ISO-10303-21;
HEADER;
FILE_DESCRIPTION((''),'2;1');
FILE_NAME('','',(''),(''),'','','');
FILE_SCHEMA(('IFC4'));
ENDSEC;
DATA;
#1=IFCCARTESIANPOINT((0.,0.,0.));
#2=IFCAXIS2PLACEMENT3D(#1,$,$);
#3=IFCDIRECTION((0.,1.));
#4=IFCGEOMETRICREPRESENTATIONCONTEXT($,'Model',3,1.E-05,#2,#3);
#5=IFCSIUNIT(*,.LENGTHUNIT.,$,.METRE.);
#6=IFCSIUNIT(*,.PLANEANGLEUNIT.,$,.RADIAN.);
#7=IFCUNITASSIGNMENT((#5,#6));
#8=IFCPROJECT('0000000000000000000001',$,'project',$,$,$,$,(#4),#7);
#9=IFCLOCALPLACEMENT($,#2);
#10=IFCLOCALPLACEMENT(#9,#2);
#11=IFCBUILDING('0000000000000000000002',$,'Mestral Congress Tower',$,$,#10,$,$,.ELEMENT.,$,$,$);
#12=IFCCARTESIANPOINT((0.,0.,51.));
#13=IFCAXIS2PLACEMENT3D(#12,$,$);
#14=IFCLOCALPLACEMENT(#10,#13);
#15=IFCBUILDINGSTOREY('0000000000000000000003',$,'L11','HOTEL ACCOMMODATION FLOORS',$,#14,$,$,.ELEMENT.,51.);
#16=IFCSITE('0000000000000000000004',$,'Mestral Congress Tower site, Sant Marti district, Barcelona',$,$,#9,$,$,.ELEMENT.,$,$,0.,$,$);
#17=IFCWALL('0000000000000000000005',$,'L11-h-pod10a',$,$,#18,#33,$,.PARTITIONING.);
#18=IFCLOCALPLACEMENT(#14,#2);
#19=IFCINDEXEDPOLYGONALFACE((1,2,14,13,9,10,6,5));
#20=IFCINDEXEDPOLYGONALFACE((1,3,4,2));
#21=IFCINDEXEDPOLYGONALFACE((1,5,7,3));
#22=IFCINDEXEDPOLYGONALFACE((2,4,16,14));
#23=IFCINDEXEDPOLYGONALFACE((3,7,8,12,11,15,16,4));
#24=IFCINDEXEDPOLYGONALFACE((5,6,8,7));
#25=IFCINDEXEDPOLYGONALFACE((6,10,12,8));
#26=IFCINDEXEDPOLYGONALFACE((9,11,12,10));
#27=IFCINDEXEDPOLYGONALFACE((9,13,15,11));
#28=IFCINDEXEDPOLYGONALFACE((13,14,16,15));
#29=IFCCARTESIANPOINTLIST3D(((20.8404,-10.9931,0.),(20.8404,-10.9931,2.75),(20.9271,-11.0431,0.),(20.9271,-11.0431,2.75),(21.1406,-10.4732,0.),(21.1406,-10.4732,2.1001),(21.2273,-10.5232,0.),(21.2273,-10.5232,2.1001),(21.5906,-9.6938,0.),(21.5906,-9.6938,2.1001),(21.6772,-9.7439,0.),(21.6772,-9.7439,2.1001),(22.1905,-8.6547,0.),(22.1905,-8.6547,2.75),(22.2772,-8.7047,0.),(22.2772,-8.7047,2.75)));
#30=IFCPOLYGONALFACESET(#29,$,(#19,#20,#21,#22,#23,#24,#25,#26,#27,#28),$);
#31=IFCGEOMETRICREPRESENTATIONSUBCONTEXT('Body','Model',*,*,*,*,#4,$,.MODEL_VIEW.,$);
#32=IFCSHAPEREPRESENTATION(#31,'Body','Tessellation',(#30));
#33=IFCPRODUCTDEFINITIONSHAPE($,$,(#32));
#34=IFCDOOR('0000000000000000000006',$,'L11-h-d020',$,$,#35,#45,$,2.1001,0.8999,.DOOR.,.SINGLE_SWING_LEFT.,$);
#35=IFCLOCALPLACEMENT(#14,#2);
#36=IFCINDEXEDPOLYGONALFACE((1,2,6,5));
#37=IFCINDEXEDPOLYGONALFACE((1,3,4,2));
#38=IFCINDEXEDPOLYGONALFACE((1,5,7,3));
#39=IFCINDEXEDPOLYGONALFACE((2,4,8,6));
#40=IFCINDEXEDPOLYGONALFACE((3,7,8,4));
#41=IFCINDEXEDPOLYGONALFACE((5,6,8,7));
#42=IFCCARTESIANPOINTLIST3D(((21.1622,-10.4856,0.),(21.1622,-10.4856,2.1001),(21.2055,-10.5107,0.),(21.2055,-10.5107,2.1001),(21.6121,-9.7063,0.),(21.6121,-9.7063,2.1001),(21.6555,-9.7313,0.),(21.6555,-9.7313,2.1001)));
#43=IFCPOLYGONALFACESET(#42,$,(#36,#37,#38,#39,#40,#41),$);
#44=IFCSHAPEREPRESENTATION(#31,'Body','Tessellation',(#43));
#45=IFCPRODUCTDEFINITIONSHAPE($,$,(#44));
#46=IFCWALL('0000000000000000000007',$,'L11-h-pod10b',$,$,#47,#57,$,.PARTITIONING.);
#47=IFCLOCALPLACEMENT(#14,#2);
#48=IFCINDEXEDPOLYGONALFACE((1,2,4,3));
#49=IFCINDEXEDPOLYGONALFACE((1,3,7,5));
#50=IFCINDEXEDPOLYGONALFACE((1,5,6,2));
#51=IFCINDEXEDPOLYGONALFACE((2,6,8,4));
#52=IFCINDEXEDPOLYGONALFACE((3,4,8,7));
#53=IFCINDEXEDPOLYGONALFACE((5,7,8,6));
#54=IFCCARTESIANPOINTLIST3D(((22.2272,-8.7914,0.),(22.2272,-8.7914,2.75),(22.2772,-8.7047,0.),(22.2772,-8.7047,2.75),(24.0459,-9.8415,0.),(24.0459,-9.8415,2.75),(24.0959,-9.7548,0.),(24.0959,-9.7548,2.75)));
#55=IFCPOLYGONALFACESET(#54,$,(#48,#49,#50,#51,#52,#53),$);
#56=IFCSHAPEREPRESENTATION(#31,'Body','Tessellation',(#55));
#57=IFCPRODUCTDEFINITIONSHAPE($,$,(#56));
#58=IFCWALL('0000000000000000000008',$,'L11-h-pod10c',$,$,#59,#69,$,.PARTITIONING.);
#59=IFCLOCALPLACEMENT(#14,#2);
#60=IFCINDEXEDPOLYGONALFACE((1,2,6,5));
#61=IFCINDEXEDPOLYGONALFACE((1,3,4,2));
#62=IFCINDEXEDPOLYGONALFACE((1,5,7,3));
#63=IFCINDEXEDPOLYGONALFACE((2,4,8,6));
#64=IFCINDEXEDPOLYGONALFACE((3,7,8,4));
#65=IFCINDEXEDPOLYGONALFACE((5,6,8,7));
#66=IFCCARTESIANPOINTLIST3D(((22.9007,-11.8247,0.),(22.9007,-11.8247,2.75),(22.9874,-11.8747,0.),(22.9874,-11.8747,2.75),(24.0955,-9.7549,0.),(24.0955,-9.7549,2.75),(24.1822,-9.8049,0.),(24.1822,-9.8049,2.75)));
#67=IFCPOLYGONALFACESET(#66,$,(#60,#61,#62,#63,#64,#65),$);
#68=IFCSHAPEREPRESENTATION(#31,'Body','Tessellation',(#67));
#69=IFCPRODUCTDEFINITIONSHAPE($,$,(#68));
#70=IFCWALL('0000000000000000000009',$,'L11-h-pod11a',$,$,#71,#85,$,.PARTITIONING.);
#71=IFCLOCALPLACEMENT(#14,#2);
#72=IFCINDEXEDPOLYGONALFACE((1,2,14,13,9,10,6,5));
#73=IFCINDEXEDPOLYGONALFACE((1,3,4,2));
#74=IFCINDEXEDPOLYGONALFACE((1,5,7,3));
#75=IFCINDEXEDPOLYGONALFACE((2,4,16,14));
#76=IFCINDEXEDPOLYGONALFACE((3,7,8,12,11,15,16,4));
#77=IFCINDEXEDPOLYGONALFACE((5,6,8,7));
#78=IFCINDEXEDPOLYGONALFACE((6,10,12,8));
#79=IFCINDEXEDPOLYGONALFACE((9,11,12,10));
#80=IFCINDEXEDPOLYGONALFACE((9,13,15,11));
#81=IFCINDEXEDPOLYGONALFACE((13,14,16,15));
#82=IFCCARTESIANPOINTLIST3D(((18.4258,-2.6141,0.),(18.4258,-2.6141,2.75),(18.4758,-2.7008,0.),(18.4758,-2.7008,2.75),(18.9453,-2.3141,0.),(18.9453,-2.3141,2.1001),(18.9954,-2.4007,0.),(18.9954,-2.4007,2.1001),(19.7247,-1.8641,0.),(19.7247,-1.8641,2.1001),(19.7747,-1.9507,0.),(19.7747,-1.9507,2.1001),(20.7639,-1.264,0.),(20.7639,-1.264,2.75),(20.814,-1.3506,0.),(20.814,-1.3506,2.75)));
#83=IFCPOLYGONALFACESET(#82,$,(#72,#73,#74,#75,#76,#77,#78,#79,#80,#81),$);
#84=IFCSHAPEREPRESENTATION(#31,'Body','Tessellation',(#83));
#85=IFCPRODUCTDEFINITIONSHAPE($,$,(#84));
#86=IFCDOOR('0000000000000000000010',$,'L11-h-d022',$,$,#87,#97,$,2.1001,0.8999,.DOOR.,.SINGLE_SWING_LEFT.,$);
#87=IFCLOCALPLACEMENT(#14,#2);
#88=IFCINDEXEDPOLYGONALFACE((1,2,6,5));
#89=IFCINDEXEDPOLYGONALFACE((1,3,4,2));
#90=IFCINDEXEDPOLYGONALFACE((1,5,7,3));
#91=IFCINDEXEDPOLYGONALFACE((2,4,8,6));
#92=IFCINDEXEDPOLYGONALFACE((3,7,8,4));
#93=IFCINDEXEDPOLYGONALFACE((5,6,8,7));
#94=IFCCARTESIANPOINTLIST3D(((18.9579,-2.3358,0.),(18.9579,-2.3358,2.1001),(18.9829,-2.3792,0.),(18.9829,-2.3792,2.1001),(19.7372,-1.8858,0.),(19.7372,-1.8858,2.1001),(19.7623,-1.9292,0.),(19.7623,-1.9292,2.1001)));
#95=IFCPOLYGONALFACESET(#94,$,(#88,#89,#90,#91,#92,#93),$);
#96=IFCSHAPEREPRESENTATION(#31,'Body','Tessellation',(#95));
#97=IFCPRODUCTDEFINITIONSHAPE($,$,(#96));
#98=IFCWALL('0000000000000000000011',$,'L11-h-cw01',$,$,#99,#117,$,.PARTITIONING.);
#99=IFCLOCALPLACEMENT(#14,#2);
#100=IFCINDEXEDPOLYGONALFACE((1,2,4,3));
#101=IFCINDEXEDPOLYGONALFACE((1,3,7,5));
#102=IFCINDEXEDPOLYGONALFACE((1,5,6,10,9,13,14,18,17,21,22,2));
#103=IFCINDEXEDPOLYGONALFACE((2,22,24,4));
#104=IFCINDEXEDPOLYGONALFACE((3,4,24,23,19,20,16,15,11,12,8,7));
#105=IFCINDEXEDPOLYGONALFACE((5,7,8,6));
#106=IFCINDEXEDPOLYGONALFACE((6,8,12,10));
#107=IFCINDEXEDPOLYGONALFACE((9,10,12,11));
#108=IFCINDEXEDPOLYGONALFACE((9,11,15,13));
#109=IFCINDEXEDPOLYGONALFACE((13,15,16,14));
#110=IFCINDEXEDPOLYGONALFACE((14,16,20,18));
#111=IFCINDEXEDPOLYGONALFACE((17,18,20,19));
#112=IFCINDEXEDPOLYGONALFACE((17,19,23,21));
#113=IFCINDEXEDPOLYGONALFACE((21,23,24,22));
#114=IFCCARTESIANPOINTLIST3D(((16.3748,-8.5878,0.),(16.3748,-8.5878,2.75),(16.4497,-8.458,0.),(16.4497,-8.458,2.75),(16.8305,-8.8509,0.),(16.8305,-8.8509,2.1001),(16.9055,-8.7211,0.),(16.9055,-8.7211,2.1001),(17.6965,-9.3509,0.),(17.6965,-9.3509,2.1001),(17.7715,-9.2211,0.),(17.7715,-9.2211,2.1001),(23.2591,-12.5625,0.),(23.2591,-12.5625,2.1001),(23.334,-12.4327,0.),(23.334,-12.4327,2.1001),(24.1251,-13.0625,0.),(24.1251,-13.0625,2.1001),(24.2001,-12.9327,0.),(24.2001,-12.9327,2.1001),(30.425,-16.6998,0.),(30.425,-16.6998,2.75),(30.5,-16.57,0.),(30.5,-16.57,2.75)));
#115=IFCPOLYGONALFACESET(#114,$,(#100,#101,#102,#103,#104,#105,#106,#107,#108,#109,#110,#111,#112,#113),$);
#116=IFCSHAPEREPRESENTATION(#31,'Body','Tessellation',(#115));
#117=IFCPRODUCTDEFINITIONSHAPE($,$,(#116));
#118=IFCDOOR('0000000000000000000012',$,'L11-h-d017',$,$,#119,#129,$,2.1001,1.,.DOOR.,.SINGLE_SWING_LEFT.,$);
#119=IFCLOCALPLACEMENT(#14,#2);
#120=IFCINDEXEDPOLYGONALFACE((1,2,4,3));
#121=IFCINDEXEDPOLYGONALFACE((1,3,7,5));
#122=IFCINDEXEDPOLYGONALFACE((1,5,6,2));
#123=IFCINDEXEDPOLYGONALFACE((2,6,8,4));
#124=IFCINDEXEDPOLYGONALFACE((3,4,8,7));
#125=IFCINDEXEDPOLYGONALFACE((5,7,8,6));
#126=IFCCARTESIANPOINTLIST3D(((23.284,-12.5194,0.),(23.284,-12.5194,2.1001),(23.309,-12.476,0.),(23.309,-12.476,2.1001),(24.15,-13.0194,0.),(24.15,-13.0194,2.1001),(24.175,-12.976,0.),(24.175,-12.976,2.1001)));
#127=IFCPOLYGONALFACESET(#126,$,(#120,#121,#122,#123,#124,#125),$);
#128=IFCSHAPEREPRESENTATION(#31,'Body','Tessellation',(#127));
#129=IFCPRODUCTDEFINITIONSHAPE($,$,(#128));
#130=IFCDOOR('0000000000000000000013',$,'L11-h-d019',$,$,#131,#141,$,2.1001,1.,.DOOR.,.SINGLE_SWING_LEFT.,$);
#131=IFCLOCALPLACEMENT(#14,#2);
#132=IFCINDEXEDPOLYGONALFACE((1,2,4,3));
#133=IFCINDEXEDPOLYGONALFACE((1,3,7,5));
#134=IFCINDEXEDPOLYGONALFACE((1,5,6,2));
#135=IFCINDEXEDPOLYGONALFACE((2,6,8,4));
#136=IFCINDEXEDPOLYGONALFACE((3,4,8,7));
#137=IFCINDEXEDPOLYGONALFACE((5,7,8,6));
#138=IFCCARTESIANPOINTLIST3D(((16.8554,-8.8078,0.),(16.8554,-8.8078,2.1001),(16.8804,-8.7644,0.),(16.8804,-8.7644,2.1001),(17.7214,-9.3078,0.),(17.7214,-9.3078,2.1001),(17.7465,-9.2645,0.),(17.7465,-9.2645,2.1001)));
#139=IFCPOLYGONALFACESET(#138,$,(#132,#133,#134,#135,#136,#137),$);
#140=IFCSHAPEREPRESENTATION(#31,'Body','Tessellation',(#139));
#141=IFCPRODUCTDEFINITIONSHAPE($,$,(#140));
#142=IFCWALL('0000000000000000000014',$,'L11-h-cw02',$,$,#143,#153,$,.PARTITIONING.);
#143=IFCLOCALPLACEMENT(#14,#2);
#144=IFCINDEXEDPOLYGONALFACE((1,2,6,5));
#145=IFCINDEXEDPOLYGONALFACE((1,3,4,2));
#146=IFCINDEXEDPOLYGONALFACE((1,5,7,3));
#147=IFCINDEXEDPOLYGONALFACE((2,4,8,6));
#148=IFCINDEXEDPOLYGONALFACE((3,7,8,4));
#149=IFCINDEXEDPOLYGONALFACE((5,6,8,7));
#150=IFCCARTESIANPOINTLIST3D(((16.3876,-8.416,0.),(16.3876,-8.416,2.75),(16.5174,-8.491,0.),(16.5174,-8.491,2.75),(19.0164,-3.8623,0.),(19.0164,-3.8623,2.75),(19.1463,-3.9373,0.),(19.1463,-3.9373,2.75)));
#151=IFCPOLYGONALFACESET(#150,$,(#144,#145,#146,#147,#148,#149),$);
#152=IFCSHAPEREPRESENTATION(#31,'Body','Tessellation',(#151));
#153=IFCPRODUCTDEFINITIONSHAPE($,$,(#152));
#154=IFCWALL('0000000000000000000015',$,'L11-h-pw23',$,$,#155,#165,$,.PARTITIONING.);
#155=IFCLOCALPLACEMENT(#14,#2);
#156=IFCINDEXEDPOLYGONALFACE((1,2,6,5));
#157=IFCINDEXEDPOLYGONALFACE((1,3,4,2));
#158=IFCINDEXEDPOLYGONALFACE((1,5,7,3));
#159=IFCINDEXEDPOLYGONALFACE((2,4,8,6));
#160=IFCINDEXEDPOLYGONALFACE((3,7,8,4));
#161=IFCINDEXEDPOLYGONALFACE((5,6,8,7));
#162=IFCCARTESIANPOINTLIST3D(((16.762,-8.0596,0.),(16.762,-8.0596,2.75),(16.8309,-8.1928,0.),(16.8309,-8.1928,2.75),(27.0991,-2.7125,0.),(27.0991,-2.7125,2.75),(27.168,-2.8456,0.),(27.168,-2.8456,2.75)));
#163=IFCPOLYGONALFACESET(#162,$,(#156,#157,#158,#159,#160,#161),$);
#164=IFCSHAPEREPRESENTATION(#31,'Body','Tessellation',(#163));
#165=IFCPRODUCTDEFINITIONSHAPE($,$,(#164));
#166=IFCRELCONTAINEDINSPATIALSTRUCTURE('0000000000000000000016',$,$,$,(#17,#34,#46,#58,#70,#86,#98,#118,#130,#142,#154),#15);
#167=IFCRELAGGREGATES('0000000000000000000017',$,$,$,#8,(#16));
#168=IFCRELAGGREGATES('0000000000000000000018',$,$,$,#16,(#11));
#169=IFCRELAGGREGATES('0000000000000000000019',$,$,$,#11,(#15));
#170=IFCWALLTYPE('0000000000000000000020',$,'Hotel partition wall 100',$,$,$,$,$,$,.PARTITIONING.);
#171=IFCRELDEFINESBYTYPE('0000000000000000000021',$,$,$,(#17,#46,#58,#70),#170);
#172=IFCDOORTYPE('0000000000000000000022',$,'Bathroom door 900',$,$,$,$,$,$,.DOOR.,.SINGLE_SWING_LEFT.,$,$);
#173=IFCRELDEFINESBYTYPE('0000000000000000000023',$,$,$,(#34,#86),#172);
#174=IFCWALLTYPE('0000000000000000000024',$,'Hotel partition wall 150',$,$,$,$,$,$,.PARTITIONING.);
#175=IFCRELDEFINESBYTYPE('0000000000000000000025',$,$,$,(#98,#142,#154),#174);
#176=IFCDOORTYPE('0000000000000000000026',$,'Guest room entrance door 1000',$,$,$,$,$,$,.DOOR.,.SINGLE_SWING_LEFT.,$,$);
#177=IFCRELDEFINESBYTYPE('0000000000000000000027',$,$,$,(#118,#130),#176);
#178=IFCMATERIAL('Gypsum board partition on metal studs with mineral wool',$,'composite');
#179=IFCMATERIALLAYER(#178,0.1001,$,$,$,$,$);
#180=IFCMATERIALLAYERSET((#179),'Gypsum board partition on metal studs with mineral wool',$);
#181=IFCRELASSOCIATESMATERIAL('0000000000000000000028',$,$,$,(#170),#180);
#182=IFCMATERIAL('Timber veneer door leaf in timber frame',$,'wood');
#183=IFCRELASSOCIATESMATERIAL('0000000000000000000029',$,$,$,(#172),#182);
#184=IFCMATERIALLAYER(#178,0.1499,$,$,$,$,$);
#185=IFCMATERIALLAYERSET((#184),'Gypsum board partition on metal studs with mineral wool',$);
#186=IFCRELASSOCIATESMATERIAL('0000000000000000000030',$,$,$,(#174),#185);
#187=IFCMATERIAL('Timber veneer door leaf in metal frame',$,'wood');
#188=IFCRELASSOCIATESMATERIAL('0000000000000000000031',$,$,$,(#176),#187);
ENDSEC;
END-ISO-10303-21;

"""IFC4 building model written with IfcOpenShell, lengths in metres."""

from ifc_helpers import new_model, si_unit, direction, frame, frame_2d, origin, place, context, subcontext, project, spatial, rectangle, extrude, material, layer, layer_set, type_object, element, fill, save


model = new_model("IFC4")

# Units and contexts
model_context = context("Model", 3, precision=1e-05, world=origin(), true_north=direction((0.0, 1.0)))
body_context = subcontext(model_context, "Body", "Model", "MODEL_VIEW")
ifc_project = project(units=[si_unit("LENGTHUNIT", "METRE"), si_unit("PLANEANGLEUNIT", "RADIAN")], contexts=[model_context])

# Site, building, storey
site_placement = place(None, origin())
site = spatial("IfcSite", under=ifc_project, at=site_placement, Name="Mestral Congress Tower site, Sant Marti district, Barcelona", CompositionType="ELEMENT", RefElevation=0.0)
building_placement = place(site_placement, origin())
building = spatial("IfcBuilding", under=site, at=building_placement, Name="Mestral Congress Tower", CompositionType="ELEMENT")
storey_placement = place(building_placement, frame((0.0, 0.0, 51.0)))
storey = spatial("IfcBuildingStorey", under=building, at=storey_placement, Name="L11", Description="HOTEL ACCOMMODATION FLOORS", CompositionType="ELEMENT", Elevation=51.0)

# Shared definitions
ifc_material_1 = material(Name="Gypsum board partition on metal studs with mineral wool", Category="composite")
ifc_layer_1 = layer(ifc_material_1, 0.1001)
ifc_layer_set_1 = layer_set([ifc_layer_1], Name="Gypsum board partition on metal studs with mineral wool")
wall_type_1 = type_object("IfcWallType", Name="Hotel partition wall 100", PredefinedType="PARTITIONING", material=ifc_layer_set_1)
ifc_material_2 = material(Name="Timber veneer door leaf in timber frame", Category="wood")
door_type_1 = type_object("IfcDoorType", Name="Bathroom door 900", OperationType="SINGLE_SWING_LEFT", PredefinedType="DOOR", material=ifc_material_2)

# Wall, opening, door
wall_1_placement = place(storey_placement, frame((22.2339, -8.6797, 0.0), z_axis=(0.0, 0.0, 1.0), x_axis=(-0.500009, -0.86602, 0.0)))
wall_1 = element("IfcWall", 1, at=wall_1_placement, inside=storey, type_object=wall_type_1, Name="L11-h-pod10a", PredefinedType="PARTITIONING", context=body_context, shape_type="SweptSolid", body=[
    extrude(rectangle(XDim=2.7002, YDim=0.1001, at=frame_2d((1.3501, 0.0))), origin(), (0.0, 0.0, 1.0), 2.75),
])
opening_1_placement = place(wall_1_placement, frame((1.2, 0.0, 0.0)))
opening_1 = element("IfcOpeningElement", 2, at=opening_1_placement, cuts=wall_1, PredefinedType="OPENING", context=body_context, shape_type="SweptSolid", body=[
    extrude(rectangle(XDim=0.8999, YDim=2.1001, at=frame_2d((0.45, 1.05))), frame((0.0, 0.0601, 0.0), z_axis=(0.0, -1.0, 0.0), x_axis=(1.0, 0.0, 0.0)), (0.0, 0.0, 1.0), 0.1201),
])
door_1_placement = place(opening_1_placement, origin())
door_1 = element("IfcDoor", 3, at=door_1_placement, inside=storey, type_object=door_type_1, Name="L11-h-d020", OperationType="SINGLE_SWING_LEFT", OverallHeight=2.1001, OverallWidth=0.8999, PredefinedType="DOOR", context=body_context, shape_type="SweptSolid", body=[
    extrude(rectangle(XDim=0.8999, YDim=2.1001, at=frame_2d((0.45, 1.05))), frame((0.0, 0.0249, 0.0), z_axis=(0.0, -1.0, 0.0), x_axis=(1.0, 0.0, 0.0)), (0.0, 0.0, 1.0), 0.05),
])
fill(opening_1, door_1)

# Walls
wall_2_placement = place(storey_placement, frame((22.2522, -8.748, 0.0), z_axis=(0.0, 0.0, 1.0), x_axis=(0.866009, -0.500028, 0.0)))
element("IfcWall", 4, at=wall_2_placement, inside=storey, type_object=wall_type_1, Name="L11-h-pod10b", PredefinedType="PARTITIONING", context=body_context, shape_type="SweptSolid", body=[
    extrude(rectangle(XDim=2.1001, YDim=0.1001, at=frame_2d((1.05, 0.0))), origin(), (0.0, 0.0, 1.0), 2.75),
])
wall_3_placement = place(storey_placement, frame((22.9441, -11.8496, 0.0), z_axis=(0.0, 0.0, 1.0), x_axis=(0.499941, 0.86606, 0.0)))
element("IfcWall", 5, at=wall_3_placement, inside=storey, type_object=wall_type_1, Name="L11-h-pod10c", PredefinedType="PARTITIONING", context=body_context, shape_type="SweptSolid", body=[
    extrude(rectangle(XDim=2.3899, YDim=0.1001, at=frame_2d((1.1948, 0.0))), origin(), (0.0, 0.0, 1.0), 2.75),
])

# Wall, opening, door
wall_4_placement = place(storey_placement, frame((18.4507, -2.6575, 0.0), z_axis=(0.0, 0.0, 1.0), x_axis=(0.865997, 0.500049, 0.0)))
wall_4 = element("IfcWall", 6, at=wall_4_placement, inside=storey, type_object=wall_type_1, Name="L11-h-pod11a", PredefinedType="PARTITIONING", context=body_context, shape_type="SweptSolid", body=[
    extrude(rectangle(XDim=2.7, YDim=0.1001, at=frame_2d((1.3501, 0.0))), origin(), (0.0, 0.0, 1.0), 2.75),
])
opening_2_placement = place(wall_4_placement, frame((0.6001, 0.0, 0.0)))
opening_2 = element("IfcOpeningElement", 7, at=opening_2_placement, cuts=wall_4, PredefinedType="OPENING", context=body_context, shape_type="SweptSolid", body=[
    extrude(rectangle(XDim=0.8999, YDim=2.1001, at=frame_2d((0.45, 1.05))), frame((0.0, 0.0601, 0.0), z_axis=(0.0, -1.0, 0.0), x_axis=(1.0, 0.0, 0.0)), (0.0, 0.0, 1.0), 0.1201),
])
door_2_placement = place(opening_2_placement, origin())
door_2 = element("IfcDoor", 8, at=door_2_placement, inside=storey, type_object=door_type_1, Name="L11-h-d022", OperationType="SINGLE_SWING_LEFT", OverallHeight=2.1001, OverallWidth=0.8999, PredefinedType="DOOR", context=body_context, shape_type="SweptSolid", body=[
    extrude(rectangle(XDim=0.8999, YDim=2.1001, at=frame_2d((0.45, 1.05))), frame((0.0, 0.0249, 0.0), z_axis=(0.0, -1.0, 0.0), x_axis=(1.0, 0.0, 0.0)), (0.0, 0.0, 1.0), 0.05),
])
fill(opening_2, door_2)

# Wall, openings, doors
ifc_layer_2 = layer(ifc_material_1, 0.1499)
ifc_layer_set_2 = layer_set([ifc_layer_2], Name="Gypsum board partition on metal studs with mineral wool")
wall_type_2 = type_object("IfcWallType", Name="Hotel partition wall 150", PredefinedType="PARTITIONING", material=ifc_layer_set_2)
wall_5_placement = place(storey_placement, frame((16.4124, -8.5229, 0.0), z_axis=(0.0, 0.0, 1.0), x_axis=(0.866022, -0.500006, 0.0)))
wall_5 = element("IfcWall", 9, at=wall_5_placement, inside=storey, type_object=wall_type_2, Name="L11-h-cw01", PredefinedType="PARTITIONING", context=body_context, shape_type="SweptSolid", body=[
    extrude(rectangle(XDim=16.2239, YDim=0.1499, at=frame_2d((8.1118, 0.0))), origin(), (0.0, 0.0, 1.0), 2.75),
])
opening_3_placement = place(wall_5_placement, frame((7.9492, 0.0, 0.0)))
opening_3 = element("IfcOpeningElement", 10, at=opening_3_placement, cuts=wall_5, PredefinedType="OPENING", context=body_context, shape_type="SweptSolid", body=[
    extrude(rectangle(XDim=1.0, YDim=2.1001, at=frame_2d((0.5, 1.05))), frame((0.0, 0.085, 0.0), z_axis=(0.0, -1.0, 0.0), x_axis=(1.0, 0.0, 0.0)), (0.0, 0.0, 1.0), 0.1699),
])
opening_4_placement = place(wall_5_placement, frame((0.5261, 0.0, 0.0)))
opening_4 = element("IfcOpeningElement", 11, at=opening_4_placement, cuts=wall_5, PredefinedType="OPENING", context=body_context, shape_type="SweptSolid", body=[
    extrude(rectangle(XDim=1.0, YDim=2.1001, at=frame_2d((0.5, 1.05))), frame((0.0, 0.085, 0.0), z_axis=(0.0, -1.0, 0.0), x_axis=(1.0, 0.0, 0.0)), (0.0, 0.0, 1.0), 0.1699),
])
ifc_material_3 = material(Name="Timber veneer door leaf in metal frame", Category="wood")
door_type_2 = type_object("IfcDoorType", Name="Guest room entrance door 1000", OperationType="SINGLE_SWING_LEFT", PredefinedType="DOOR", material=ifc_material_3)
door_3_placement = place(opening_3_placement, origin())
door_3 = element("IfcDoor", 12, at=door_3_placement, inside=storey, type_object=door_type_2, Name="L11-h-d017", OperationType="SINGLE_SWING_LEFT", OverallHeight=2.1001, OverallWidth=1.0, PredefinedType="DOOR", context=body_context, shape_type="SweptSolid", body=[
    extrude(rectangle(XDim=1.0, YDim=2.1001, at=frame_2d((0.5, 1.05))), frame((0.0, 0.0249, 0.0), z_axis=(0.0, -1.0, 0.0), x_axis=(1.0, 0.0, 0.0)), (0.0, 0.0, 1.0), 0.05),
])
fill(opening_3, door_3)
door_4_placement = place(opening_4_placement, origin())
door_4 = element("IfcDoor", 13, at=door_4_placement, inside=storey, type_object=door_type_2, Name="L11-h-d019", OperationType="SINGLE_SWING_LEFT", OverallHeight=2.1001, OverallWidth=1.0, PredefinedType="DOOR", context=body_context, shape_type="SweptSolid", body=[
    extrude(rectangle(XDim=1.0, YDim=2.1001, at=frame_2d((0.5, 1.05))), frame((0.0, 0.0249, 0.0), z_axis=(0.0, -1.0, 0.0), x_axis=(1.0, 0.0, 0.0)), (0.0, 0.0, 1.0), 0.05),
])
fill(opening_4, door_4)

# Walls
wall_6_placement = place(storey_placement, frame((19.0813, -3.8999, 0.0), z_axis=(0.0, 0.0, 1.0), x_axis=(-0.499974, -0.86604, 0.0)))
element("IfcWall", 14, at=wall_6_placement, inside=storey, type_object=wall_type_2, Name="L11-h-cw02", PredefinedType="PARTITIONING", context=body_context, shape_type="SweptSolid", body=[
    extrude(rectangle(XDim=5.2581, YDim=0.1499, at=frame_2d((2.6289, 0.0))), origin(), (0.0, 0.0, 1.0), 2.75),
])
wall_7_placement = place(storey_placement, frame((27.1335, -2.7791, 0.0), z_axis=(0.0, 0.0, 1.0), x_axis=(-0.888205, -0.459447, 0.0)))
element("IfcWall", 15, at=wall_7_placement, inside=storey, type_object=wall_type_2, Name="L11-h-pw23", PredefinedType="PARTITIONING", context=body_context, shape_type="SweptSolid", body=[
    extrude(rectangle(XDim=11.6382, YDim=0.1499, at=frame_2d((5.8191, 0.0))), origin(), (0.0, 0.0, 1.0), 2.75),
])

save(model, "model.ifc")
